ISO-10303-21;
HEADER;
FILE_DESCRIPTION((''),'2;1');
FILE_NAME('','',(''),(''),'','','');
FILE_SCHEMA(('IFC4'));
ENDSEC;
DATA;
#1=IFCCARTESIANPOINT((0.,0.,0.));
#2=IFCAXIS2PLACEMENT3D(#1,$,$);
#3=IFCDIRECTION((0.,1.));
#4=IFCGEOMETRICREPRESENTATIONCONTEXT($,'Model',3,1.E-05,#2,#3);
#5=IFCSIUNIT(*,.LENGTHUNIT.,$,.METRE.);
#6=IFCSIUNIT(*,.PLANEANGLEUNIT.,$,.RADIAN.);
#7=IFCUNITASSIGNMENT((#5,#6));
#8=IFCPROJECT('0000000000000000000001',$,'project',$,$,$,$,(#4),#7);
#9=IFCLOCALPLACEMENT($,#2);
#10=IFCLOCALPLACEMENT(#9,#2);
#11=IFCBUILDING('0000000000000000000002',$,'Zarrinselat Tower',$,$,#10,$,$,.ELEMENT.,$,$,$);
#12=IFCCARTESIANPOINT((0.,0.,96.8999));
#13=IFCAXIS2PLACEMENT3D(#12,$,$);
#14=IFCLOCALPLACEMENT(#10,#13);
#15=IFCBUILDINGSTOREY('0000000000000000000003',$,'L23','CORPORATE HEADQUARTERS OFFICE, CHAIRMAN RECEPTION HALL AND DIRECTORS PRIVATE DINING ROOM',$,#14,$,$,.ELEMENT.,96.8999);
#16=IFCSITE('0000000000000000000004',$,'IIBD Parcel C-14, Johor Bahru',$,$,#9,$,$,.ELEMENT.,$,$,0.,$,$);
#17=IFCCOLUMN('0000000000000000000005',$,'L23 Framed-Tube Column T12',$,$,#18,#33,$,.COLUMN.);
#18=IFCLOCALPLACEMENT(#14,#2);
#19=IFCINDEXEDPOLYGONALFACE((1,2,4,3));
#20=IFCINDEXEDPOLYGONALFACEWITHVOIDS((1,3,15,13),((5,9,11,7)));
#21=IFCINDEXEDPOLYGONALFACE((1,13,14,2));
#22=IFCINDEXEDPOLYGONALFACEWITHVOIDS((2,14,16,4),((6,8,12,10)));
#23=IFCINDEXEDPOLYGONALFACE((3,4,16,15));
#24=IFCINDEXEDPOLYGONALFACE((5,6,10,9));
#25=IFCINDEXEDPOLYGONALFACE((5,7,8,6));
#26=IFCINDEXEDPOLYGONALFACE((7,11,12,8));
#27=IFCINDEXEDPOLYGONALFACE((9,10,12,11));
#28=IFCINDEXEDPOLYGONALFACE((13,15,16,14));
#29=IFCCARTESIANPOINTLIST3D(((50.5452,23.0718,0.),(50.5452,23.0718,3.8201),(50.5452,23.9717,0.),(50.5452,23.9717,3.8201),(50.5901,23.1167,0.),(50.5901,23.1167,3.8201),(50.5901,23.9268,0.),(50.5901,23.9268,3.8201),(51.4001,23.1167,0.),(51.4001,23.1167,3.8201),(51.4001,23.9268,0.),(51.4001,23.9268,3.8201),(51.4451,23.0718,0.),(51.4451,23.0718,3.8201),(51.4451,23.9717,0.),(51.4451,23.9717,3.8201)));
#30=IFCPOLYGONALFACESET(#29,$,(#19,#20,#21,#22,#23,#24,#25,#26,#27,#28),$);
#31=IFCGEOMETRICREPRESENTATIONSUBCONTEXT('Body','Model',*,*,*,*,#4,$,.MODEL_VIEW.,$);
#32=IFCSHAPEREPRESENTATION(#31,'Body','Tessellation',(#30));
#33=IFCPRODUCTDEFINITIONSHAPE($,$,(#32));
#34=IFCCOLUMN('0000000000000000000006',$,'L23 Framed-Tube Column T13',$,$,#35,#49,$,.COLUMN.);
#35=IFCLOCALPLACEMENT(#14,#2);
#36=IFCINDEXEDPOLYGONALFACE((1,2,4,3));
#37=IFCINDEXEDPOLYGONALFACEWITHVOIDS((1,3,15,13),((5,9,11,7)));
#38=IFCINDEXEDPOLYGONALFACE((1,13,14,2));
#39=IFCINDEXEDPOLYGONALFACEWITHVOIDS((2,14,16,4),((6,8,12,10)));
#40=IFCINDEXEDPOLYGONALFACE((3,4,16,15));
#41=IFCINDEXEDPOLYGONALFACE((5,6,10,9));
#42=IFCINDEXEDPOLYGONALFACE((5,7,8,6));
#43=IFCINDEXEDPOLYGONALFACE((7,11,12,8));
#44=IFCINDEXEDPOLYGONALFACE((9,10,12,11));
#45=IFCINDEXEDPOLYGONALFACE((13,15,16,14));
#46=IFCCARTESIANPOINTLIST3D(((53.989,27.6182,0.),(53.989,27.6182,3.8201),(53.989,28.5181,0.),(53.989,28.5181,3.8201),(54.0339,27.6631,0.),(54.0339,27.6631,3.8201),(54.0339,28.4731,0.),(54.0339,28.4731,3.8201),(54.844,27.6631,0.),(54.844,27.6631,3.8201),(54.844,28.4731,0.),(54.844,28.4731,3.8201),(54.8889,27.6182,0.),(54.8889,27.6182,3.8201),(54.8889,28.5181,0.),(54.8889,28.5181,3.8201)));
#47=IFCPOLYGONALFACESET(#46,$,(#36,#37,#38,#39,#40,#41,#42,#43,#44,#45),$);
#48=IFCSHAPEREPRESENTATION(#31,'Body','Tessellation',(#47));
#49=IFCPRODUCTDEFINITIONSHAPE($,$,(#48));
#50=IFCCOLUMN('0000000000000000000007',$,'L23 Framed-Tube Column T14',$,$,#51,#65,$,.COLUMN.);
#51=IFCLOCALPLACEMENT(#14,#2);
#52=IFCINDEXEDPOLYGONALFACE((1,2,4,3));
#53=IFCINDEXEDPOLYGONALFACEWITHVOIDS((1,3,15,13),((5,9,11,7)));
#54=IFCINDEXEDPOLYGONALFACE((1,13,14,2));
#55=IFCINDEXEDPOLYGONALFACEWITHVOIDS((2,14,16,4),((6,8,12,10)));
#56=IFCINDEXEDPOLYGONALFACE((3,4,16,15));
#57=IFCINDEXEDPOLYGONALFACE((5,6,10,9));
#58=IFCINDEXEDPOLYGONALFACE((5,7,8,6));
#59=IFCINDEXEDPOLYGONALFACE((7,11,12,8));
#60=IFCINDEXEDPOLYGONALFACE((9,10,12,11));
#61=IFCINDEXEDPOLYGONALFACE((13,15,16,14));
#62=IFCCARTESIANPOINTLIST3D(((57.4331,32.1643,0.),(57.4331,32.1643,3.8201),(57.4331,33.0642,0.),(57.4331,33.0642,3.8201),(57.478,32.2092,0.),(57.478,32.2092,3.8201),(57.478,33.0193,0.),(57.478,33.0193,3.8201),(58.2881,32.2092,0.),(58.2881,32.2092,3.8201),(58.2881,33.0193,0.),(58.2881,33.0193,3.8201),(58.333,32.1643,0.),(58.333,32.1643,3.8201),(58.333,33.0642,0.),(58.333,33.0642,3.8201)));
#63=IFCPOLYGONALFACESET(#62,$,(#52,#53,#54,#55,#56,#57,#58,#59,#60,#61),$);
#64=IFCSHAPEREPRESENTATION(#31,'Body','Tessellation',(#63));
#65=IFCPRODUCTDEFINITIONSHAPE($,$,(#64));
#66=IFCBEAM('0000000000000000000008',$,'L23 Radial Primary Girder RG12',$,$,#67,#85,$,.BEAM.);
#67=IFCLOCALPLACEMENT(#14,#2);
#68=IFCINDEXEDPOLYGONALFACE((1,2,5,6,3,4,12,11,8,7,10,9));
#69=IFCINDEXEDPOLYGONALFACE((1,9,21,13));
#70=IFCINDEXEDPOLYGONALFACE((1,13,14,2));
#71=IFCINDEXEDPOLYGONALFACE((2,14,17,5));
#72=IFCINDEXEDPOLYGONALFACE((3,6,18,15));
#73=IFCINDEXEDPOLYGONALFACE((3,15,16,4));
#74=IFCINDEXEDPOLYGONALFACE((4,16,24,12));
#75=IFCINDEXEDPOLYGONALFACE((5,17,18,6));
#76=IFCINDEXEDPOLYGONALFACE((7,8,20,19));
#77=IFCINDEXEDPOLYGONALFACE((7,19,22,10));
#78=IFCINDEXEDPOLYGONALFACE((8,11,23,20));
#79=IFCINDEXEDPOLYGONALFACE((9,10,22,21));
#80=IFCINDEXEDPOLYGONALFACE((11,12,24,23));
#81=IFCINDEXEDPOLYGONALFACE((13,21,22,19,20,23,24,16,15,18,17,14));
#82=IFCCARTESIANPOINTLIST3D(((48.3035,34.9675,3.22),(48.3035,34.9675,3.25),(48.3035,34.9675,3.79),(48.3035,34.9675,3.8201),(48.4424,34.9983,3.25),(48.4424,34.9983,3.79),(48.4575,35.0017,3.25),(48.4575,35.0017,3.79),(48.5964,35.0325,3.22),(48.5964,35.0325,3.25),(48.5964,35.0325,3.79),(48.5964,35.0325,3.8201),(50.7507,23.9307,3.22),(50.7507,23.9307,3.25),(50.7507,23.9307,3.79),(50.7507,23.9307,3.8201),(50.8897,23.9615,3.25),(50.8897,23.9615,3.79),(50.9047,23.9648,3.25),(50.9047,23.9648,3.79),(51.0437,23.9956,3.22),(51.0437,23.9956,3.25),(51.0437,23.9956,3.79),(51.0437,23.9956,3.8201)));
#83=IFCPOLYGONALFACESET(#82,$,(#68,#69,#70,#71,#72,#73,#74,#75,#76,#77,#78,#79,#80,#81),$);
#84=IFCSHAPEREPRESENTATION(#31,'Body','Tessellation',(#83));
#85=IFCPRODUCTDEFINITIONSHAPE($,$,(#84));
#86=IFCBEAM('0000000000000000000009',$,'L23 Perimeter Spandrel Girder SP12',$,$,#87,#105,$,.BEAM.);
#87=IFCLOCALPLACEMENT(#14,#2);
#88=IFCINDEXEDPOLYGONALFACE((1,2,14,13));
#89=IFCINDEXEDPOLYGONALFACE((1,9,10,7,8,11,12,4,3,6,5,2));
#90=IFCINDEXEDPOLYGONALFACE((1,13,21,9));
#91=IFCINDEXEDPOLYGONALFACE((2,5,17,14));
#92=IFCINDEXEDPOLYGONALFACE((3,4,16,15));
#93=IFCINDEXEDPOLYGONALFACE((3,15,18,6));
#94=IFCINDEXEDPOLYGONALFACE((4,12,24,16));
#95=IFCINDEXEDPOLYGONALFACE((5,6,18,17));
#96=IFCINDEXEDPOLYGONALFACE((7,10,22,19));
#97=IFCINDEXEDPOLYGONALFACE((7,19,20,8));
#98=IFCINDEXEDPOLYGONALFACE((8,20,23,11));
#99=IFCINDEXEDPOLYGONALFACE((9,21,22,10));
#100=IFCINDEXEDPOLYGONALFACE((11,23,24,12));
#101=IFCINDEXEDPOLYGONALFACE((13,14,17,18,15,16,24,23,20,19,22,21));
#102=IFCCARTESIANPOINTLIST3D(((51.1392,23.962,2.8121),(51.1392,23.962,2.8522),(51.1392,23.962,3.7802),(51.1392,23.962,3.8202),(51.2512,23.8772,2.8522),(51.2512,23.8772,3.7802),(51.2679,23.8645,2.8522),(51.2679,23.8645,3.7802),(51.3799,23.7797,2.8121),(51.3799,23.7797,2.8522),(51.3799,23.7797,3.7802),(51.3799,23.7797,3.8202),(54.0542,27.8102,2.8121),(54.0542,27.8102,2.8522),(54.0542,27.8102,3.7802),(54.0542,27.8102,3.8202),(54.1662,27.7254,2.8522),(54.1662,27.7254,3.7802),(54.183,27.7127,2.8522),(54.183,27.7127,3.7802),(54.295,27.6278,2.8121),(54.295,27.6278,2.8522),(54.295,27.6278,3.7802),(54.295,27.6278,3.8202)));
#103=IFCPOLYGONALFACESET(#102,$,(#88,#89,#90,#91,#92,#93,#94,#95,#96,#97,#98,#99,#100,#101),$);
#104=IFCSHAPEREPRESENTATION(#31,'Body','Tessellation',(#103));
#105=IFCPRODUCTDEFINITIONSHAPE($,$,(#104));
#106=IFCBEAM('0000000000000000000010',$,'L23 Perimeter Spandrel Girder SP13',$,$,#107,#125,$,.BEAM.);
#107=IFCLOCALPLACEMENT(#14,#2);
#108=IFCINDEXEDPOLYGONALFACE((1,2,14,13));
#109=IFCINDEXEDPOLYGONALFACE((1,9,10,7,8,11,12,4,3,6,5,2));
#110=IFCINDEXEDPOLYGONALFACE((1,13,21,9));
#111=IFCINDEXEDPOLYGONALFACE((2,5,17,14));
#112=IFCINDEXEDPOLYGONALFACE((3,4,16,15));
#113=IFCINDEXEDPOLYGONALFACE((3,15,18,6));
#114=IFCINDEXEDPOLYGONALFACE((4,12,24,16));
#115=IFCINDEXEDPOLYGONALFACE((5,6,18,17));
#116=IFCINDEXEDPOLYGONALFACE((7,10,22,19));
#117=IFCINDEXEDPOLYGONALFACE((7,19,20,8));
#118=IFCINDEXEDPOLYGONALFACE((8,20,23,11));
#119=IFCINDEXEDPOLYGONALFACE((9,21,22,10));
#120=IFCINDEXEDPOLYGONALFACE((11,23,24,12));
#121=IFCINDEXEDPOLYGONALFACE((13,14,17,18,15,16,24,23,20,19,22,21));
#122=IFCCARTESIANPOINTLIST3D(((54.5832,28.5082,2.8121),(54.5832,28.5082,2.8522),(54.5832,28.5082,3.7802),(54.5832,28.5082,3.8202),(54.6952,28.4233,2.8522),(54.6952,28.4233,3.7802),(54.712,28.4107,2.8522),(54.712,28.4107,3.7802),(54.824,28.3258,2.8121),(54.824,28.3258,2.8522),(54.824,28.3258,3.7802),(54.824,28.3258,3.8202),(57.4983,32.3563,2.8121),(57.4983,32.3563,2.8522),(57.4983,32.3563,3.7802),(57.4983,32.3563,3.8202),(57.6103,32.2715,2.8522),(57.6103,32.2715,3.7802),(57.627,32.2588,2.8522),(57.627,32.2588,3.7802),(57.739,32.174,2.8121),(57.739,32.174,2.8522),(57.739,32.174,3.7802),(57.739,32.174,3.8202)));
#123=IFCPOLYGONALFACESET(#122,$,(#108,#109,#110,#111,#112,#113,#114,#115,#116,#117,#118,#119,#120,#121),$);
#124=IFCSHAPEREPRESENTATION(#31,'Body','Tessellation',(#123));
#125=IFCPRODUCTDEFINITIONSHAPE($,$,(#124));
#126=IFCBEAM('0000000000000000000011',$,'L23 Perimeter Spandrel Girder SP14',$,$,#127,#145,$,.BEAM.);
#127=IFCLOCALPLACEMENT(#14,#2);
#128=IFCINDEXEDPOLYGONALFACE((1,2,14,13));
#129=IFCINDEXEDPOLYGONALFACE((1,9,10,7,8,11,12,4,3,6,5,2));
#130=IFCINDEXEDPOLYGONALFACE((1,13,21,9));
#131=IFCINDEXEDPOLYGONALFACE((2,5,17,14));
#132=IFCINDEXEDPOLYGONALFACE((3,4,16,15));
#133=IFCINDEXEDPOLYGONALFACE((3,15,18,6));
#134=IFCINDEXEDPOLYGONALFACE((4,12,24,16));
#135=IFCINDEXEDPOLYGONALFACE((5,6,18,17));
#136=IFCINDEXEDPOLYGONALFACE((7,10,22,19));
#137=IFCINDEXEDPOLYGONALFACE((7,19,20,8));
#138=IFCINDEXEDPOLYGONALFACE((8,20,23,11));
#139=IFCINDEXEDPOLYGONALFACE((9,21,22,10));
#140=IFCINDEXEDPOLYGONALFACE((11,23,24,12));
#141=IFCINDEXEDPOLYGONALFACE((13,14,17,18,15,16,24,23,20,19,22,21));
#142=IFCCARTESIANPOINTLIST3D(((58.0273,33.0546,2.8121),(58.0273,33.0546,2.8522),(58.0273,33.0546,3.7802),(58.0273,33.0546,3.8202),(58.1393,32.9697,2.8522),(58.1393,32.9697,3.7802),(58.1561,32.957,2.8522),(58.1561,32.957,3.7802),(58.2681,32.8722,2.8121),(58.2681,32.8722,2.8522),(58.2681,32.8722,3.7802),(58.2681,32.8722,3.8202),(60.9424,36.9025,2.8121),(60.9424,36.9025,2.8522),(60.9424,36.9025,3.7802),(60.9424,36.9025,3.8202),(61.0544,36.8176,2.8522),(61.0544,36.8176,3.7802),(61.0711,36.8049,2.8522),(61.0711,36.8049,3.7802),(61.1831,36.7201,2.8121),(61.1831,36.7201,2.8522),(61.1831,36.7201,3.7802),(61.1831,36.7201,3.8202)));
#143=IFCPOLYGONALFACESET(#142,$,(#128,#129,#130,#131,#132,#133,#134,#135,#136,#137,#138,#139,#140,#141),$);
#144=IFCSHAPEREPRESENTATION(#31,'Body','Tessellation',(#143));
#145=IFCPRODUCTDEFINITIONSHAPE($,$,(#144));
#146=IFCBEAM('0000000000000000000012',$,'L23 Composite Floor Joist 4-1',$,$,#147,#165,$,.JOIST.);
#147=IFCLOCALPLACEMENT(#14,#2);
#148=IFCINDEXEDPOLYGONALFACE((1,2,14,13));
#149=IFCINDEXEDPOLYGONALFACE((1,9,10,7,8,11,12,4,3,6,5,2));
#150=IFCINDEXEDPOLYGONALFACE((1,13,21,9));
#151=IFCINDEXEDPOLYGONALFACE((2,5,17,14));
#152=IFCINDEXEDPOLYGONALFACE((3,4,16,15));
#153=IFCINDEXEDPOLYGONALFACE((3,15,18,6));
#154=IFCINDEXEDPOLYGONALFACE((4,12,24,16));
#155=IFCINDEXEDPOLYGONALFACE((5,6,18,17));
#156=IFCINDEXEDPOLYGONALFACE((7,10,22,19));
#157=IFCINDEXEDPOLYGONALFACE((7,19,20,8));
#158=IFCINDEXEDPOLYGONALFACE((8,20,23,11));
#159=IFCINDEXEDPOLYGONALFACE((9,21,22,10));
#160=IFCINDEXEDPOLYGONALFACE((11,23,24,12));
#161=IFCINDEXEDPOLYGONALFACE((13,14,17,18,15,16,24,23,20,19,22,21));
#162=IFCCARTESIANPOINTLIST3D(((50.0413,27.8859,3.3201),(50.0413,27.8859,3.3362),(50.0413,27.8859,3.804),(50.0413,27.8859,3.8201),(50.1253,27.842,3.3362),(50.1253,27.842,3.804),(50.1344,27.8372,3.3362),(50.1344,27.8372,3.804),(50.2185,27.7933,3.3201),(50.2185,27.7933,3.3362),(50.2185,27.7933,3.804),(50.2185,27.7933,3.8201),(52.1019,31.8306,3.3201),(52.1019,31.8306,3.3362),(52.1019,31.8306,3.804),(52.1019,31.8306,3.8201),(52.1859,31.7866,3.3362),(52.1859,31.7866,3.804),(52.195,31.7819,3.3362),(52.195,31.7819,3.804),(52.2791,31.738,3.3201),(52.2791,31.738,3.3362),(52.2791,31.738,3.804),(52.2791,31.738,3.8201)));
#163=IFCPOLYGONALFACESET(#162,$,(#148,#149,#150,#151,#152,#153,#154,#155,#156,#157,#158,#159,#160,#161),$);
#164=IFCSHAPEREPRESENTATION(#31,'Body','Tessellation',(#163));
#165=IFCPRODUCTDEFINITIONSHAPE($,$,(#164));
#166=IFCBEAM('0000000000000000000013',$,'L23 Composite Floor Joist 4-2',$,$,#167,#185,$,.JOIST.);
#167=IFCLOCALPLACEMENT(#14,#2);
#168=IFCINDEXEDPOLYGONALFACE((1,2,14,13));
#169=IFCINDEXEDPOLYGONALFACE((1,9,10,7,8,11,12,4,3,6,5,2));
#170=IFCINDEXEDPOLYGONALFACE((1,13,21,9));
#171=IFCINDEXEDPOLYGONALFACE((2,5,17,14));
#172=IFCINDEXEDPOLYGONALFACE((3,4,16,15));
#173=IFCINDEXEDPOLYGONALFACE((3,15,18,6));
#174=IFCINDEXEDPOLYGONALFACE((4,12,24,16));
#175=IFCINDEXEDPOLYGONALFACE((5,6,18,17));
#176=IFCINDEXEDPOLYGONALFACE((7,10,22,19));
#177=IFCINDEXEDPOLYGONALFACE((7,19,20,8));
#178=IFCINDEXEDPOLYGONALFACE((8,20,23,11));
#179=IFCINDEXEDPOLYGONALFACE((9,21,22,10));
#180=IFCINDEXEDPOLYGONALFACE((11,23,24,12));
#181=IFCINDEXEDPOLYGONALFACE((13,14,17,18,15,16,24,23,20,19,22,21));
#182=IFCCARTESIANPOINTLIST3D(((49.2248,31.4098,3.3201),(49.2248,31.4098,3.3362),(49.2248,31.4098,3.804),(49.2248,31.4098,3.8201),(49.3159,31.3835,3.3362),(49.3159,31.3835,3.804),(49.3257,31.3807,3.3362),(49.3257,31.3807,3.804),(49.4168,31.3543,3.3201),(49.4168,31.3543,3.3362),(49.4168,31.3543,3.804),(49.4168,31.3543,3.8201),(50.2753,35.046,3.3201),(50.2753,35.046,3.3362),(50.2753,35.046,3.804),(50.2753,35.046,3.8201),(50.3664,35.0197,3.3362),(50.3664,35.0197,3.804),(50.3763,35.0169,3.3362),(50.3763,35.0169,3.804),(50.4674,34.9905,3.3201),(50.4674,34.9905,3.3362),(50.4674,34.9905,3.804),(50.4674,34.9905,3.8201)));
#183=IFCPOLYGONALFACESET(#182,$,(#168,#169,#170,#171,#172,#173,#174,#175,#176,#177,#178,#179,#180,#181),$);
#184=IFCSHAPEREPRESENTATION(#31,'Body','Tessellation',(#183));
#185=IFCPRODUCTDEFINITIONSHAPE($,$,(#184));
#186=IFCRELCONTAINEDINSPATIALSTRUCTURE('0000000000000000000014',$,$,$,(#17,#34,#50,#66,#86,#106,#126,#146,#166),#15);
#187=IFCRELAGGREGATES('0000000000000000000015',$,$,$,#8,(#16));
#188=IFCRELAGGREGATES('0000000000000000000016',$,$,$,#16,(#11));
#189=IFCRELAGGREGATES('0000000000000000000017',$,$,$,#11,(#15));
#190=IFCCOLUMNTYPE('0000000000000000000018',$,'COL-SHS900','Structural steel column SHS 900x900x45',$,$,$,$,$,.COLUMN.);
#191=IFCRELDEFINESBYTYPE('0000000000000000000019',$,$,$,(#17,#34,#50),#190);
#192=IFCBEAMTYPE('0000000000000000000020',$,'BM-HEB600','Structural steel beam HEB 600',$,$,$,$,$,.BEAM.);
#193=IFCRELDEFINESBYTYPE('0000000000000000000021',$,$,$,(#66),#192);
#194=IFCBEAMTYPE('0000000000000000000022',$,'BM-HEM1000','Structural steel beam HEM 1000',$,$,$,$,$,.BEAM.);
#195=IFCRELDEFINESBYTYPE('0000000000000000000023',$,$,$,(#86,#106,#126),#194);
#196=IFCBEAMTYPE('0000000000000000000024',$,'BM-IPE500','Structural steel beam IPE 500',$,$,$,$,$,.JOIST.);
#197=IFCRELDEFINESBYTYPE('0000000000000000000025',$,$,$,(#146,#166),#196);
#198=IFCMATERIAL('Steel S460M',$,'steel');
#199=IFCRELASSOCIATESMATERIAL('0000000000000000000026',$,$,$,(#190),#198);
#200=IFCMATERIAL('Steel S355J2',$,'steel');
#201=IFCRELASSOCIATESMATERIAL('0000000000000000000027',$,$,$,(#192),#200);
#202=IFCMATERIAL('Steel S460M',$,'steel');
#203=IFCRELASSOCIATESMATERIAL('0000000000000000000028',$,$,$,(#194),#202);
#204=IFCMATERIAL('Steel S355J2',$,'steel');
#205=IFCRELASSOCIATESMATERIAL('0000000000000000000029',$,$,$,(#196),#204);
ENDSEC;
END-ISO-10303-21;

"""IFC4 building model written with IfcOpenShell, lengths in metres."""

from ifc_helpers import new_model, si_unit, direction, frame, origin, origin_2d, place, context, subcontext, project, spatial, hollow_rectangle, i_section, extrude, material, material_profile, profile_set, type_object, element, save


model = new_model("IFC4")

# Units and contexts
model_context = context("Model", 3, precision=1e-05, world=origin(), true_north=direction((0.0, 1.0)))
body_context = subcontext(model_context, "Body", "Model", "MODEL_VIEW")
ifc_project = project(units=[si_unit("LENGTHUNIT", "METRE"), si_unit("PLANEANGLEUNIT", "RADIAN")], contexts=[model_context])

# Site, building, storey
site_placement = place(None, origin())
site = spatial("IfcSite", under=ifc_project, at=site_placement, Name="IIBD Parcel C-14, Johor Bahru", CompositionType="ELEMENT", RefElevation=0.0)
building_placement = place(site_placement, origin())
building = spatial("IfcBuilding", under=site, at=building_placement, Name="Zarrinselat Tower", CompositionType="ELEMENT")
storey_placement = place(building_placement, frame((0.0, 0.0, 96.8999)))
storey = spatial("IfcBuildingStorey", under=building, at=storey_placement, Name="L23", Description="CORPORATE HEADQUARTERS OFFICE, CHAIRMAN RECEPTION HALL AND DIRECTORS PRIVATE DINING ROOM", CompositionType="ELEMENT", Elevation=96.8999)

# Columns
ifc_material_1 = material(Name="Steel S460M", Category="steel")
ifc_material_profile_1 = material_profile(ifc_material_1, hollow_rectangle(XDim=0.8999, YDim=0.8999, WallThickness=0.0449, at=origin_2d()), Name="SHS 900x900x45")
ifc_profile_set_1 = profile_set([ifc_material_profile_1], Name="Steel S460M")
column_type = type_object("IfcColumnType", Name="COL-SHS900", Description="Structural steel column SHS 900x900x45", PredefinedType="COLUMN", material=ifc_profile_set_1)
for number, where, z_axis, x_axis, name in (
    (1, (50.9951, 23.5217, 0.0), (0.0, 0.0, 1.0), (1.0, 0.0, 0.0), "L23 Framed-Tube Column T12"),
    (2, (54.439, 28.0681, 0.0), (0.0, 0.0, 1.0), (1.0, 0.0, 0.0), "L23 Framed-Tube Column T13"),
    (3, (57.8831, 32.6143, 0.0), (0.0, 0.0, 1.0), (1.0, 0.0, 0.0), "L23 Framed-Tube Column T14"),
):
    element("IfcColumn", number, at=place(storey_placement, frame(where, z_axis=z_axis, x_axis=x_axis)), inside=storey, type_object=column_type, Name=name, PredefinedType="COLUMN", context=body_context, shape_type="SweptSolid", body=[
        extrude(hollow_rectangle(XDim=0.8999, YDim=0.8999, WallThickness=0.0449, at=origin_2d()), origin(), (0.0, 0.0, 1.0), 3.8201),
    ])

# Beams
ifc_material_2 = material(Name="Steel S355J2", Category="steel")
ifc_material_profile_2 = material_profile(ifc_material_2, i_section(OverallWidth=0.3, OverallDepth=0.6001, WebThickness=0.0154, FlangeThickness=0.03, at=origin_2d()), Name="HEB 600")
ifc_profile_set_2 = profile_set([ifc_material_profile_2], Name="Steel S355J2")
beam_type_1 = type_object("IfcBeamType", Name="BM-HEB600", Description="Structural steel beam HEB 600", PredefinedType="BEAM", material=ifc_profile_set_2)
beam_1_placement = place(storey_placement, frame((48.45, 35.0, 3.52), z_axis=(0.216478, -0.976288, 0.0), x_axis=(0.976288, 0.216478, 0.0)))
element("IfcBeam", 4, at=beam_1_placement, inside=storey, type_object=beam_type_1, Name="L23 Radial Primary Girder RG12", PredefinedType="BEAM", context=body_context, shape_type="SweptSolid", body=[
    extrude(i_section(OverallWidth=0.3, OverallDepth=0.6001, WebThickness=0.0154, FlangeThickness=0.03, at=origin_2d()), origin(), (0.0, 0.0, 1.0), 11.3049),
])
ifc_material_3 = material(Name="Steel S460M", Category="steel")
ifc_material_profile_3 = material_profile(ifc_material_3, i_section(OverallWidth=0.302, OverallDepth=1.0081, WebThickness=0.021, FlangeThickness=0.04, at=origin_2d()), Name="HEM 1000")
ifc_profile_set_3 = profile_set([ifc_material_profile_3], Name="Steel S460M")
beam_type_2 = type_object("IfcBeamType", Name="BM-HEM1000", Description="Structural steel beam HEM 1000", PredefinedType="BEAM", material=ifc_profile_set_3)
for number, where, z_axis, x_axis, name in (
    (5, (51.2595, 23.8708, 3.3162), (0.603828, 0.797114, 0.0), (-0.797114, 0.603828, 0.0), "L23 Perimeter Spandrel Girder SP12"),
    (6, (54.7036, 28.417, 3.3162), (0.603828, 0.797114, 0.0), (-0.797114, 0.603828, 0.0), "L23 Perimeter Spandrel Girder SP13"),
):
    element("IfcBeam", number, at=place(storey_placement, frame(where, z_axis=z_axis, x_axis=x_axis)), inside=storey, type_object=beam_type_2, Name=name, PredefinedType="BEAM", context=body_context, shape_type="SweptSolid", body=[
        extrude(i_section(OverallWidth=0.302, OverallDepth=1.0081, WebThickness=0.021, FlangeThickness=0.04, at=origin_2d()), origin(), (0.0, 0.0, 1.0), 4.8276),
    ])
beam_2_placement = place(storey_placement, frame((58.1477, 32.9634, 3.3162), z_axis=(0.603853, 0.797096, 0.0), x_axis=(-0.797096, 0.603853, 0.0)))
element("IfcBeam", 7, at=beam_2_placement, inside=storey, type_object=beam_type_2, Name="L23 Perimeter Spandrel Girder SP14", PredefinedType="BEAM", context=body_context, shape_type="SweptSolid", body=[
    extrude(i_section(OverallWidth=0.302, OverallDepth=1.0081, WebThickness=0.021, FlangeThickness=0.04, at=origin_2d()), origin(), (0.0, 0.0, 1.0), 4.8274),
])
ifc_material_4 = material(Name="Steel S355J2", Category="steel")
ifc_material_profile_4 = material_profile(ifc_material_4, i_section(OverallWidth=0.2, OverallDepth=0.5, WebThickness=0.0103, FlangeThickness=0.0161, at=origin_2d()), Name="IPE 500")
ifc_profile_set_4 = profile_set([ifc_material_profile_4], Name="Steel S355J2")
beam_type_3 = type_object("IfcBeamType", Name="BM-IPE500", Description="Structural steel beam IPE 500", PredefinedType="JOIST", material=ifc_profile_set_4)
beam_3_placement = place(storey_placement, frame((50.1299, 27.8396, 3.5701), z_axis=(0.463008, 0.886354, 0.0), x_axis=(-0.886354, 0.463008, 0.0)))
element("IfcBeam", 8, at=beam_3_placement, inside=storey, type_object=beam_type_3, Name="L23 Composite Floor Joist 4-1", PredefinedType="JOIST", context=body_context, shape_type="SweptSolid", body=[
    extrude(i_section(OverallWidth=0.2, OverallDepth=0.5, WebThickness=0.0103, FlangeThickness=0.0161, at=origin_2d()), origin(), (0.0, 0.0, 1.0), 4.4504),
])
beam_4_placement = place(storey_placement, frame((49.3208, 31.3821, 3.5701), z_axis=(0.277557, 0.960709, 0.0), x_axis=(-0.960709, 0.277557, 0.0)))
element("IfcBeam", 9, at=beam_4_placement, inside=storey, type_object=beam_type_3, Name="L23 Composite Floor Joist 4-2", PredefinedType="JOIST", context=body_context, shape_type="SweptSolid", body=[
    extrude(i_section(OverallWidth=0.2, OverallDepth=0.5, WebThickness=0.0103, FlangeThickness=0.0161, at=origin_2d()), origin(), (0.0, 0.0, 1.0), 3.7849),
])

save(model, "model.ifc")
